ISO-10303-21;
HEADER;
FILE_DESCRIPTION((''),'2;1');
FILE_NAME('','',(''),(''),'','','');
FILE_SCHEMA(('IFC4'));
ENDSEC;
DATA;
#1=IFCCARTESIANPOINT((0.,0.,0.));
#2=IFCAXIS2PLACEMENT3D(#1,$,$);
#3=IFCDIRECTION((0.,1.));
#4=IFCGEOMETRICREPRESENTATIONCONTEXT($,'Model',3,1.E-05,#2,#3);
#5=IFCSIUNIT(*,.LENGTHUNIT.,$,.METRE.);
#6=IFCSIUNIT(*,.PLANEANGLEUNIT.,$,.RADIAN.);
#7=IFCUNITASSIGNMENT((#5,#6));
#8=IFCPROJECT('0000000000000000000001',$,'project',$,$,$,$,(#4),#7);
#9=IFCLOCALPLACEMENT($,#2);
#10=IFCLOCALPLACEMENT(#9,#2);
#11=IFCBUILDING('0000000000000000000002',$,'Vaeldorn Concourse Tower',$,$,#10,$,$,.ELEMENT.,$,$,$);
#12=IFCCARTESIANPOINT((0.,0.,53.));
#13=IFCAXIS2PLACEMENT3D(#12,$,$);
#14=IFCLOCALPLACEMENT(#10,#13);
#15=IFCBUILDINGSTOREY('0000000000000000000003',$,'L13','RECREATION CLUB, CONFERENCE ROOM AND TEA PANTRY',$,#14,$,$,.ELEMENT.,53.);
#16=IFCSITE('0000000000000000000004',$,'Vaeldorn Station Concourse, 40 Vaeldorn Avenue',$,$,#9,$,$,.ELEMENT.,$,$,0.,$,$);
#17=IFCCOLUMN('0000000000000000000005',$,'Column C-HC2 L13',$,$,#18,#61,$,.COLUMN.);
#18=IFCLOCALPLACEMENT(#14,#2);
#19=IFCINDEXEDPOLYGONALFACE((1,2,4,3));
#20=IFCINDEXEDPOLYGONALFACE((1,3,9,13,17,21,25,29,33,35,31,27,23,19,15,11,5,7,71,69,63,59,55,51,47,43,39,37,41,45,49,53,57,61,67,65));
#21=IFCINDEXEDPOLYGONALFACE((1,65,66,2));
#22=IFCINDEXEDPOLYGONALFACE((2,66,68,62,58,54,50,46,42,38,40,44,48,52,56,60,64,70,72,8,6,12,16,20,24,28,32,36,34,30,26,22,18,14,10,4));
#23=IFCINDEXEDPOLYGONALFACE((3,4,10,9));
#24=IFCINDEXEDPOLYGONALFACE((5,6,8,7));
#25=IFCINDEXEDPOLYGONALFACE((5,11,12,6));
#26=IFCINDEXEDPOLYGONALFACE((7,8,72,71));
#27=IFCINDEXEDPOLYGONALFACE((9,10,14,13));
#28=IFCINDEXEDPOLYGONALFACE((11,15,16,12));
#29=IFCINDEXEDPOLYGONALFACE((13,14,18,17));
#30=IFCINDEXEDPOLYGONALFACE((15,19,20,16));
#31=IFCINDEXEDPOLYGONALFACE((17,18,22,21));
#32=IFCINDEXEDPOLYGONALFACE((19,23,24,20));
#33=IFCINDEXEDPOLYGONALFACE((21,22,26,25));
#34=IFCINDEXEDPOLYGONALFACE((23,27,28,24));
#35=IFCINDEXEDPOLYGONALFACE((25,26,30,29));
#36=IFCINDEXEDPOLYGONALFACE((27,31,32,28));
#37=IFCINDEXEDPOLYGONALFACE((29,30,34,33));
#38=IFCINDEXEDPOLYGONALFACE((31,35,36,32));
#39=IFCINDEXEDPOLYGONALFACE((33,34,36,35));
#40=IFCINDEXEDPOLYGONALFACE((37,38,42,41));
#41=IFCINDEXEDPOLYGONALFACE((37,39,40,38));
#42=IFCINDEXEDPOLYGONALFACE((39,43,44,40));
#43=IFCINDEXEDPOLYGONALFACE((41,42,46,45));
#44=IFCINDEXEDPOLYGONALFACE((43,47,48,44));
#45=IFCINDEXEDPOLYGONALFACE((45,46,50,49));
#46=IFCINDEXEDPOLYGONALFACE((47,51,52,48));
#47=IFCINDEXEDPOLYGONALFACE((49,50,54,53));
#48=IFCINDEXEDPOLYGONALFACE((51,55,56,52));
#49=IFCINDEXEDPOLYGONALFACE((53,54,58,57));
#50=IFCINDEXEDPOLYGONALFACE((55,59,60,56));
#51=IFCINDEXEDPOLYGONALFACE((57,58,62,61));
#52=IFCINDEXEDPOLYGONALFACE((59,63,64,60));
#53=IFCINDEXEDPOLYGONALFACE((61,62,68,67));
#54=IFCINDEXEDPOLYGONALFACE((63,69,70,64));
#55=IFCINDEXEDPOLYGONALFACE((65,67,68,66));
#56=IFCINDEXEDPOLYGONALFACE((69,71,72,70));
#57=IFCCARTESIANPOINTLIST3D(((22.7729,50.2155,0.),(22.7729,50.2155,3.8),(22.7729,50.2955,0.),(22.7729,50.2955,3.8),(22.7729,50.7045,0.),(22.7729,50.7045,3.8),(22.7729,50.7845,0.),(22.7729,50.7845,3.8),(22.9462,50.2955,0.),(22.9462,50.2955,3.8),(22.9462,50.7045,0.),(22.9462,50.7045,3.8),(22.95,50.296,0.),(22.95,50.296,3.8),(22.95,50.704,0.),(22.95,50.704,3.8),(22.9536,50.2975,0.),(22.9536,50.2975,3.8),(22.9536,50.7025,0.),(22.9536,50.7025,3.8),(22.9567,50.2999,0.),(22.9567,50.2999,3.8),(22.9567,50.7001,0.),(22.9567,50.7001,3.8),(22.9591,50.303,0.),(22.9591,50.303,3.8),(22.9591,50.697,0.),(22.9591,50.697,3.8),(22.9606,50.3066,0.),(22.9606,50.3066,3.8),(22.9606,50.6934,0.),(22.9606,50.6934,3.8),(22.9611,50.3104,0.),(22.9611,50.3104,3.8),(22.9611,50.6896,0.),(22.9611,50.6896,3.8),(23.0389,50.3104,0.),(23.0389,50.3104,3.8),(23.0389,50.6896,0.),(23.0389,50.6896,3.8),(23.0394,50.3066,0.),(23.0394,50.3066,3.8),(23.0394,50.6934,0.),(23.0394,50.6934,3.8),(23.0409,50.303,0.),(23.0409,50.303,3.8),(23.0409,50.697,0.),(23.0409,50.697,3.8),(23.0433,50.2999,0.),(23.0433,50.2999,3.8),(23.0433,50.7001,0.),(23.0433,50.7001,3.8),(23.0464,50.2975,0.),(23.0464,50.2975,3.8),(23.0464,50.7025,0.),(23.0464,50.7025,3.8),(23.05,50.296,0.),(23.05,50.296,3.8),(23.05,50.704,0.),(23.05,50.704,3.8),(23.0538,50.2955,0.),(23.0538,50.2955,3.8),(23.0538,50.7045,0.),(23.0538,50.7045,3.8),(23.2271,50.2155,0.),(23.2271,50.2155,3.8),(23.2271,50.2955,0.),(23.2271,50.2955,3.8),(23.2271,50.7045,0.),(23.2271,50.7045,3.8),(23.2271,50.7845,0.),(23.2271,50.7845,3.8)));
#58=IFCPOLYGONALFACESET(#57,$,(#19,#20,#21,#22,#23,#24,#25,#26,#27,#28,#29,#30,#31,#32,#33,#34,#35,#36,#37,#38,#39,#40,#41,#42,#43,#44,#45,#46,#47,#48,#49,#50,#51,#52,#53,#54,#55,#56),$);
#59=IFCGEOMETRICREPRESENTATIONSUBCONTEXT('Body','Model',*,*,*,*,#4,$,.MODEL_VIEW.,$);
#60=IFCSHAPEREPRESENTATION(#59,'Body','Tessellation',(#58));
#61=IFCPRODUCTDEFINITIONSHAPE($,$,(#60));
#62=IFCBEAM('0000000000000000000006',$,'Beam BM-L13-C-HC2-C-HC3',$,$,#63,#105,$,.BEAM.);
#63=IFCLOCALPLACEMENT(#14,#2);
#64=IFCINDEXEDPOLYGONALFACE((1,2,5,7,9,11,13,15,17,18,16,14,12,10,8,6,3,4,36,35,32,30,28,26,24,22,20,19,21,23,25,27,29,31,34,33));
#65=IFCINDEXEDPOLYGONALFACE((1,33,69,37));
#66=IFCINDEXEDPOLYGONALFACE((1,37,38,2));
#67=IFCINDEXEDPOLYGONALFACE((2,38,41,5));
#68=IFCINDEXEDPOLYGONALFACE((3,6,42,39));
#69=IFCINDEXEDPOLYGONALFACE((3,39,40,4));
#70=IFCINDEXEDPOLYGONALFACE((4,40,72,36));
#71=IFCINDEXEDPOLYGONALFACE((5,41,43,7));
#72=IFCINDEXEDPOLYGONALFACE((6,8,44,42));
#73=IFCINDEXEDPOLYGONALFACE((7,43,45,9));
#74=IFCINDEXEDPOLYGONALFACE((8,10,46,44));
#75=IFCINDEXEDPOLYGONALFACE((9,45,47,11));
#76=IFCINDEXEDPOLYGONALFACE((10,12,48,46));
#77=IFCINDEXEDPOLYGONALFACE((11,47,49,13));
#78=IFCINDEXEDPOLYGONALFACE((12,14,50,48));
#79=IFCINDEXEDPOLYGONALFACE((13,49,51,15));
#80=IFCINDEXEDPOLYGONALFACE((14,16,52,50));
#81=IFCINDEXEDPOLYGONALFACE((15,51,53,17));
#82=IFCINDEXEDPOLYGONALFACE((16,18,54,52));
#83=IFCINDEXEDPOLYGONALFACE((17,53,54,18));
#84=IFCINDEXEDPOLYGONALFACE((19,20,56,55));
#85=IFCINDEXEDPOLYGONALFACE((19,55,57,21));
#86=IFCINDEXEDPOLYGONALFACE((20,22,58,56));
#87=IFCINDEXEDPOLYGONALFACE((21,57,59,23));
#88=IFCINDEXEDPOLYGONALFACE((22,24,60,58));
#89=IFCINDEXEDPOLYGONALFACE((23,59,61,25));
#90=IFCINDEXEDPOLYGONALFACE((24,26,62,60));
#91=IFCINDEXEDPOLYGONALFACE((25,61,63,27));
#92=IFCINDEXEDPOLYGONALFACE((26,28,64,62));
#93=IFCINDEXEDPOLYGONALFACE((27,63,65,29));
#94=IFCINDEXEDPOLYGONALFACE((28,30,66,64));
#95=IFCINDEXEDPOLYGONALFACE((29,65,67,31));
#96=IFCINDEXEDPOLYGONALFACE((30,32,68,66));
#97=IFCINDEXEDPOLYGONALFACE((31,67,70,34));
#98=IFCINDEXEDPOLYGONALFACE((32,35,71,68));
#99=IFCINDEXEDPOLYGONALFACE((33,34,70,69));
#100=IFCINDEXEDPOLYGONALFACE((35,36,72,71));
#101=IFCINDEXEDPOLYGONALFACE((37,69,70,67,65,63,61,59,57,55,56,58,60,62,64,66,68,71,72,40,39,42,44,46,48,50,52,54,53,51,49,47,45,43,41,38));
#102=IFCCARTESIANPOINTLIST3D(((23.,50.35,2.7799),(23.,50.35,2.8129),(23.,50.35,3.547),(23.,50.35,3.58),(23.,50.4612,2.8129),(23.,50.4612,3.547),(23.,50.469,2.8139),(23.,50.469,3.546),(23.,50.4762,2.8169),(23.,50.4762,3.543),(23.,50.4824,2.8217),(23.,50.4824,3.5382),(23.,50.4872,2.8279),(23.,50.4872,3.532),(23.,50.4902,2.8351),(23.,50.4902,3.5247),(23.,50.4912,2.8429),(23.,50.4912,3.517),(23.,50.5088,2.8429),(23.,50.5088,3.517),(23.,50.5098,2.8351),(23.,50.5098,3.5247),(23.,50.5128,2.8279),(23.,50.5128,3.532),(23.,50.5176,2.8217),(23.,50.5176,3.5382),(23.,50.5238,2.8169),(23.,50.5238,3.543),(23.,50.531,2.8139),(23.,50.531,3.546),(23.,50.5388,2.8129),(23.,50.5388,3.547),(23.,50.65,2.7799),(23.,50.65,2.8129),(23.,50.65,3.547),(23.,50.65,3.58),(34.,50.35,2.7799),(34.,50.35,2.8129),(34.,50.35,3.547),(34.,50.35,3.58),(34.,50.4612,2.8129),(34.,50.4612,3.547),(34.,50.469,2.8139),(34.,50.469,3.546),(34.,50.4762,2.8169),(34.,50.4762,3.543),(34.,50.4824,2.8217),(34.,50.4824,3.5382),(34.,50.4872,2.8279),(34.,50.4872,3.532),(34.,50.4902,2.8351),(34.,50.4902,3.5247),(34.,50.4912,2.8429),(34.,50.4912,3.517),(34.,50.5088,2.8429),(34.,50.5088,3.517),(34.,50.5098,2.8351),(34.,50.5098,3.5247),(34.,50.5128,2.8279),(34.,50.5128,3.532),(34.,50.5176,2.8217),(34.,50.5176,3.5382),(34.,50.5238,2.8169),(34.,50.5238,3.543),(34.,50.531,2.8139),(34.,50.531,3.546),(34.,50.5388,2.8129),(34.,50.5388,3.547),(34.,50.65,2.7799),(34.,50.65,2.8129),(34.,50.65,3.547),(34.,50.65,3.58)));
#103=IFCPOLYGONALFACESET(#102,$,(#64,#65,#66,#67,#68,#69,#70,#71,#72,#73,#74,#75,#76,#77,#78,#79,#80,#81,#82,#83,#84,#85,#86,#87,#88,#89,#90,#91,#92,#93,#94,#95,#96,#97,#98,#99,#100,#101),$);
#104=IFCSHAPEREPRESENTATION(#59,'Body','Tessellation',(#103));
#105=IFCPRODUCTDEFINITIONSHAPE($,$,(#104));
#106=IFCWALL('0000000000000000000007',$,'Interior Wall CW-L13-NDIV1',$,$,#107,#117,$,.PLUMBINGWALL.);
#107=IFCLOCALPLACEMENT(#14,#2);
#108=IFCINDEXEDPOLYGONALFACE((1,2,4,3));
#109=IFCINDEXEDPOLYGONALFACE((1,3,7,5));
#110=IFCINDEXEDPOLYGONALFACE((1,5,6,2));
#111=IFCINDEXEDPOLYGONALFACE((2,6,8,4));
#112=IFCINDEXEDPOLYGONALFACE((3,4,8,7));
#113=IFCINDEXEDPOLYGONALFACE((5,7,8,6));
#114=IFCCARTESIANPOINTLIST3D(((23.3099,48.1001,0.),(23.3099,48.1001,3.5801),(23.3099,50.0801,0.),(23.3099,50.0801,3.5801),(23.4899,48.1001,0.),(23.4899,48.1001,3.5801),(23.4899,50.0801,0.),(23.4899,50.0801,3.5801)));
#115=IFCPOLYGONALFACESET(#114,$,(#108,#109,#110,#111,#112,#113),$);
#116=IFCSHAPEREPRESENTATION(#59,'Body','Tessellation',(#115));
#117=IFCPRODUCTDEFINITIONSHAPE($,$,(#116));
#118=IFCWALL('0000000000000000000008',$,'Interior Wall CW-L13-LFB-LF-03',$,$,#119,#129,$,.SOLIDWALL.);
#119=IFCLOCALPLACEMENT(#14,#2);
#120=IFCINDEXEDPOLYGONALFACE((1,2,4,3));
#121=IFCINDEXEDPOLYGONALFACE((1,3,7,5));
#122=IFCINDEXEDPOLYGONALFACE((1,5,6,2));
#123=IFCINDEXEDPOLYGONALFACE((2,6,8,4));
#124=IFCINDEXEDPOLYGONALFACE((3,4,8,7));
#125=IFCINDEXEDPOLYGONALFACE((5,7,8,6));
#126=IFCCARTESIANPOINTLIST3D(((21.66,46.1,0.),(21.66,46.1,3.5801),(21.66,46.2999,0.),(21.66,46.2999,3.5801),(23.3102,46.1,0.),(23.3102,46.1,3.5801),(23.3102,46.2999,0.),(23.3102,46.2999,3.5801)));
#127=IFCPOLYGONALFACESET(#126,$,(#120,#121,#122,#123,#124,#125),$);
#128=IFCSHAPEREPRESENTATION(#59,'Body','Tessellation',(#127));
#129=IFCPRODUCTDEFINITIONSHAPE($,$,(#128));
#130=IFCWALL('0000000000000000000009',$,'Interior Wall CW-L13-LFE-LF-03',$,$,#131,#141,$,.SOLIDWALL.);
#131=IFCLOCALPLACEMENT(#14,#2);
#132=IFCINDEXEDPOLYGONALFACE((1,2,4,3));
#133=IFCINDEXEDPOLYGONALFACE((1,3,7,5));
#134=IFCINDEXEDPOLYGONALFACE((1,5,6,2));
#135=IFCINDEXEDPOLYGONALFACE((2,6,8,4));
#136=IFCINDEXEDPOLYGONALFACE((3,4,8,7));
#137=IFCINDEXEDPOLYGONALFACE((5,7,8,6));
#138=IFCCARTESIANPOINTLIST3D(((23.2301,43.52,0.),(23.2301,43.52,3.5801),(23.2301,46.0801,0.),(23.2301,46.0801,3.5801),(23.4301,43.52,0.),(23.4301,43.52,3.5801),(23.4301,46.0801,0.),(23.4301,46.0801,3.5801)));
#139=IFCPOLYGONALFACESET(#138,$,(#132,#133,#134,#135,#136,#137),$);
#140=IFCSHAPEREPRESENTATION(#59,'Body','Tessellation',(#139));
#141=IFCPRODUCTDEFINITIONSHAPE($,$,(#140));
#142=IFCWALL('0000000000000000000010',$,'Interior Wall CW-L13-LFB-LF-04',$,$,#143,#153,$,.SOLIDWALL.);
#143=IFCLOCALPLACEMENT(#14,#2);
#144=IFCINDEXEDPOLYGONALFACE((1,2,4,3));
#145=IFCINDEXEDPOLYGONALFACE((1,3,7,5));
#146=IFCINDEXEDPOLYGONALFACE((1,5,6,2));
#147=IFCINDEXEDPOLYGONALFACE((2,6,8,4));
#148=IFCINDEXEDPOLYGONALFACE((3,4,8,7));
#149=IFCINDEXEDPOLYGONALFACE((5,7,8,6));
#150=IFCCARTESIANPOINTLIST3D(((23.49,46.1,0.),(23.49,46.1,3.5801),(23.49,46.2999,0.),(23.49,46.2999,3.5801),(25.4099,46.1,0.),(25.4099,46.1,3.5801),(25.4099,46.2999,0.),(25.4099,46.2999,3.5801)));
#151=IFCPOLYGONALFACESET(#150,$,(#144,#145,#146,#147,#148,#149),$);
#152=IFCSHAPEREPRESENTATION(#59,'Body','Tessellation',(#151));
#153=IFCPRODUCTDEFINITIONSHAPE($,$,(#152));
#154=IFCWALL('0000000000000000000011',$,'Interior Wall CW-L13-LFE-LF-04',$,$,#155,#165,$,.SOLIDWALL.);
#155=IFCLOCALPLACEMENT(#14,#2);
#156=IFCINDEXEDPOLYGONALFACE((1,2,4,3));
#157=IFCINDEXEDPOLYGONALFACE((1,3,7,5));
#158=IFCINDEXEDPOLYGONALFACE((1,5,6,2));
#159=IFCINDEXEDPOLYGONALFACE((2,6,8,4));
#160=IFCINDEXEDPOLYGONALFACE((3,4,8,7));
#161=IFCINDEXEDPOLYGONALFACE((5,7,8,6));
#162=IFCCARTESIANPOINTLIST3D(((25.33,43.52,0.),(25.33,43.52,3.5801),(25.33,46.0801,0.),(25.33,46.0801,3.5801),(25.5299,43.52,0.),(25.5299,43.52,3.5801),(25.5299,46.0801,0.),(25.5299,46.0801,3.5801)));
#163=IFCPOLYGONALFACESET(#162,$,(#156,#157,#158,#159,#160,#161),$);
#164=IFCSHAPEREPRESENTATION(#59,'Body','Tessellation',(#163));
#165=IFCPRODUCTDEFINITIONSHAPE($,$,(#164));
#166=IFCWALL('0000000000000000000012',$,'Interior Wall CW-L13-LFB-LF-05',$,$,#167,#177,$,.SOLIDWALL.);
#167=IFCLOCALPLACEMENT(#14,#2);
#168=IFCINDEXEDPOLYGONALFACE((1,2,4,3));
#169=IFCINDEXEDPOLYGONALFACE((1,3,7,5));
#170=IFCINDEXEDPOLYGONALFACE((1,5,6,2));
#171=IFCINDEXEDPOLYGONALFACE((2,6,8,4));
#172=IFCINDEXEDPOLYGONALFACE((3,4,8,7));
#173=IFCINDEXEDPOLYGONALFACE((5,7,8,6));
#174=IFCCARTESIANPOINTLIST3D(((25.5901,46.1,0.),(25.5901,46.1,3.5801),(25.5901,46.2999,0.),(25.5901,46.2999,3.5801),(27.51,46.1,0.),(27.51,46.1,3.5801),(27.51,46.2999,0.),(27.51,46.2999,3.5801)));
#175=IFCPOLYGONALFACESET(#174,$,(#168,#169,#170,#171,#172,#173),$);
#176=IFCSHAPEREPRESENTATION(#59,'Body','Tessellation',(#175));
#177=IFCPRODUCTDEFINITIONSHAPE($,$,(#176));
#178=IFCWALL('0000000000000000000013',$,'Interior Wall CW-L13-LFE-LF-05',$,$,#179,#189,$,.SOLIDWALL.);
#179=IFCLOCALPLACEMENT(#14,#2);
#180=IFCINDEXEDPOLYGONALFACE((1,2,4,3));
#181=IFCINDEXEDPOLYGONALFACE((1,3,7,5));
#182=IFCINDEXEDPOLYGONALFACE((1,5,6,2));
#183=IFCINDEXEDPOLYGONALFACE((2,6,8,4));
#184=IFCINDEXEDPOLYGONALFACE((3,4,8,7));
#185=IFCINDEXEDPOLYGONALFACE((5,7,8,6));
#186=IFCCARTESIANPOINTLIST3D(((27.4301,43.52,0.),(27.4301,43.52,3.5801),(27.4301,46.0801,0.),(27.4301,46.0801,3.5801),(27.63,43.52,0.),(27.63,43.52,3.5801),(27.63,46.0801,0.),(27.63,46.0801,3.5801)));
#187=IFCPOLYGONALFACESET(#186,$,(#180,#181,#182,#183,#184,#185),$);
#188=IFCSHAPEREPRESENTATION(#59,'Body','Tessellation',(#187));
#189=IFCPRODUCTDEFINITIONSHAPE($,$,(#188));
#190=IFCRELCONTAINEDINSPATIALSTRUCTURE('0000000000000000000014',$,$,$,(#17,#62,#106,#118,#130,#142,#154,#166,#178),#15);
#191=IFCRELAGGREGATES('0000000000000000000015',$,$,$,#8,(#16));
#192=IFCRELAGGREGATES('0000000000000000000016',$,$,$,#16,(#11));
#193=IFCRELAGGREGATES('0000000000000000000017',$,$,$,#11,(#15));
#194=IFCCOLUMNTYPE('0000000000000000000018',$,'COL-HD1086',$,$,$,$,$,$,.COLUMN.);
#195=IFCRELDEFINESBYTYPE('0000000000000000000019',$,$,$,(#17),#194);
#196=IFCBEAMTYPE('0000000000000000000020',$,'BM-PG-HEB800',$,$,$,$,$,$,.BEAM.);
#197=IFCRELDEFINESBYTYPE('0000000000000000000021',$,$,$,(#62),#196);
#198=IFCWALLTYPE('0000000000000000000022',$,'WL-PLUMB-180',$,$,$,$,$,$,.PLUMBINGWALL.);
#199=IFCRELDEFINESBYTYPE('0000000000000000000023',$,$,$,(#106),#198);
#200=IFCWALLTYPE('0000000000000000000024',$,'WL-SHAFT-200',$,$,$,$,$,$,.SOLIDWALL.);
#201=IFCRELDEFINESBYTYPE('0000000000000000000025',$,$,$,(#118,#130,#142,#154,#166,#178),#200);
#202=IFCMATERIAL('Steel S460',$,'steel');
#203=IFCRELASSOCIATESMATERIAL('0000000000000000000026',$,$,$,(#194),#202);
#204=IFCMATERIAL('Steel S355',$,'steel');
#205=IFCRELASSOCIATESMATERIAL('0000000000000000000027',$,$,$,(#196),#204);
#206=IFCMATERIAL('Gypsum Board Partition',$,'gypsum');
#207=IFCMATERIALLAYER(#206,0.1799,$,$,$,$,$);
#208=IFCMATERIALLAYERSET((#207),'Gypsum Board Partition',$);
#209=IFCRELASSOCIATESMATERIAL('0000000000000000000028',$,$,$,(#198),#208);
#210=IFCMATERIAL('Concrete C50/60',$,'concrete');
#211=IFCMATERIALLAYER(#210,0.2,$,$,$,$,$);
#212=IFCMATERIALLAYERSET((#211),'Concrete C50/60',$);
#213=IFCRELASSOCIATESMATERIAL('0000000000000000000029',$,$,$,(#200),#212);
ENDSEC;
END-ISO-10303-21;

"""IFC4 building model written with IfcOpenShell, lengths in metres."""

from ifc_helpers import new_model, si_unit, direction, frame, frame_2d, origin, origin_2d, place, context, subcontext, project, spatial, rectangle, i_section, extrude, source, transform, mapped, material, layer, layer_set, material_profile, profile_set, type_object, element, save


model = new_model("IFC4")

# Units and contexts
model_context = context("Model", 3, precision=1e-05, world=origin(), true_north=direction((0.0, 1.0)))
body_context = subcontext(model_context, "Body", "Model", "MODEL_VIEW")
ifc_project = project(units=[si_unit("LENGTHUNIT", "METRE"), si_unit("PLANEANGLEUNIT", "RADIAN")], contexts=[model_context])

# Site, building, storey
site_placement = place(None, origin())
site = spatial("IfcSite", under=ifc_project, at=site_placement, Name="Vaeldorn Station Concourse, 40 Vaeldorn Avenue", CompositionType="ELEMENT", RefElevation=0.0)
building_placement = place(site_placement, origin())
building = spatial("IfcBuilding", under=site, at=building_placement, Name="Vaeldorn Concourse Tower", CompositionType="ELEMENT")
storey_placement = place(building_placement, frame((0.0, 0.0, 53.0)))
storey = spatial("IfcBuildingStorey", under=building, at=storey_placement, Name="L13", Description="RECREATION CLUB, CONFERENCE ROOM AND TEA PANTRY", CompositionType="ELEMENT", Elevation=53.0)

# Column
ifc_material_1 = material(Name="Steel S460", Category="steel")
ifc_material_profile_1 = material_profile(ifc_material_1, i_section(OverallWidth=0.4541, OverallDepth=0.5691, WebThickness=0.0779, FlangeThickness=0.0801, FilletRadius=0.0149, at=origin_2d()), Name="HD 400x1086")
ifc_profile_set_1 = profile_set([ifc_material_profile_1], Name="Steel S460")
column_type = type_object("IfcColumnType", Name="COL-HD1086", PredefinedType="COLUMN", material=ifc_profile_set_1)
shared_shape_1 = source(origin(), body_context, "Body", "SweptSolid", [
    extrude(i_section(OverallWidth=0.4541, OverallDepth=0.5691, WebThickness=0.0779, FlangeThickness=0.0801, FilletRadius=0.0149, at=origin_2d()), origin(), (0.0, 0.0, 1.0), 3.8),
])
column_placement = place(storey_placement, frame((23.0, 50.5, 0.0), z_axis=(0.0, 0.0, 1.0), x_axis=(1.0, 0.0, 0.0)))
element("IfcColumn", 1, at=column_placement, inside=storey, type_object=column_type, Name="Column C-HC2 L13", PredefinedType="COLUMN", context=body_context, shape_type="MappedRepresentation", body=[
    mapped(shared_shape_1, transform((0.0, 0.0, 0.0), scale=1.0)),
])

# Beam
ifc_material_2 = material(Name="Steel S355", Category="steel")
ifc_material_profile_2 = material_profile(ifc_material_2, i_section(OverallWidth=0.3, OverallDepth=0.8, WebThickness=0.0176, FlangeThickness=0.033, FilletRadius=0.03, at=origin_2d()), Name="HEB 800")
ifc_profile_set_2 = profile_set([ifc_material_profile_2], Name="Steel S355")
beam_type = type_object("IfcBeamType", Name="BM-PG-HEB800", PredefinedType="BEAM", material=ifc_profile_set_2)
shared_shape_2 = source(origin(), body_context, "Body", "SweptSolid", [
    extrude(i_section(OverallWidth=0.3, OverallDepth=0.8, WebThickness=0.0176, FlangeThickness=0.033, FilletRadius=0.03, at=origin_2d()), origin(), (0.0, 0.0, 1.0), 11.0),
])
beam_placement = place(storey_placement, frame((23.0, 50.5, 3.1799), z_axis=(1.0, 0.0, 0.0), x_axis=(0.0, 1.0, 0.0)))
element("IfcBeam", 2, at=beam_placement, inside=storey, type_object=beam_type, Name="Beam BM-L13-C-HC2-C-HC3", PredefinedType="BEAM", context=body_context, shape_type="MappedRepresentation", body=[
    mapped(shared_shape_2, transform((0.0, 0.0, 0.0), scale=1.0)),
])

# Walls
ifc_material_3 = material(Name="Gypsum Board Partition", Category="gypsum")
ifc_layer_1 = layer(ifc_material_3, 0.1799)
ifc_layer_set_1 = layer_set([ifc_layer_1], Name="Gypsum Board Partition")
wall_type_1 = type_object("IfcWallType", Name="WL-PLUMB-180", PredefinedType="PLUMBINGWALL", material=ifc_layer_set_1)
wall_1_placement = place(storey_placement, frame((23.3999, 48.1001, 0.0), z_axis=(0.0, 0.0, 1.0), x_axis=(0.0, 1.0, 0.0)))
element("IfcWall", 3, at=wall_1_placement, inside=storey, type_object=wall_type_1, Name="Interior Wall CW-L13-NDIV1", PredefinedType="PLUMBINGWALL", context=body_context, shape_type="SweptSolid", body=[
    extrude(rectangle(XDim=1.98, YDim=0.1799, at=frame_2d((0.99, 0.0))), origin(), (0.0, 0.0, 1.0), 3.5801),
])
ifc_material_4 = material(Name="Concrete C50/60", Category="concrete")
ifc_layer_2 = layer(ifc_material_4, 0.2)
ifc_layer_set_2 = layer_set([ifc_layer_2], Name="Concrete C50/60")
wall_type_2 = type_object("IfcWallType", Name="WL-SHAFT-200", PredefinedType="SOLIDWALL", material=ifc_layer_set_2)
wall_2_placement = place(storey_placement, frame((21.6599, 46.2, 0.0), z_axis=(0.0, 0.0, 1.0), x_axis=(1.0, 0.0, 0.0)))
element("IfcWall", 4, at=wall_2_placement, inside=storey, type_object=wall_type_2, Name="Interior Wall CW-L13-LFB-LF-03", PredefinedType="SOLIDWALL", context=body_context, shape_type="SweptSolid", body=[
    extrude(rectangle(XDim=1.6501, YDim=0.2, at=frame_2d((0.8252, 0.0))), origin(), (0.0, 0.0, 1.0), 3.5801),
])
wall_3_placement = place(storey_placement, frame((23.3301, 43.52, 0.0), z_axis=(0.0, 0.0, 1.0), x_axis=(0.0, 1.0, 0.0)))
element("IfcWall", 5, at=wall_3_placement, inside=storey, type_object=wall_type_2, Name="Interior Wall CW-L13-LFE-LF-03", PredefinedType="SOLIDWALL", context=body_context, shape_type="SweptSolid", body=[
    extrude(rectangle(XDim=2.5601, YDim=0.2, at=frame_2d((1.28, 0.0))), origin(), (0.0, 0.0, 1.0), 3.5801),
])

# Walls
wall_4_placement = place(storey_placement, frame((23.49, 46.2, 0.0), z_axis=(0.0, 0.0, 1.0), x_axis=(1.0, 0.0, 0.0)))
element("IfcWall", 6, at=wall_4_placement, inside=storey, type_object=wall_type_2, Name="Interior Wall CW-L13-LFB-LF-04", PredefinedType="SOLIDWALL", context=body_context, shape_type="SweptSolid", body=[
    extrude(rectangle(XDim=1.9199, YDim=0.2, at=frame_2d((0.96, 0.0))), origin(), (0.0, 0.0, 1.0), 3.5801),
])
wall_5_placement = place(storey_placement, frame((25.4299, 43.52, 0.0), z_axis=(0.0, 0.0, 1.0), x_axis=(0.0, 1.0, 0.0)))
element("IfcWall", 7, at=wall_5_placement, inside=storey, type_object=wall_type_2, Name="Interior Wall CW-L13-LFE-LF-04", PredefinedType="SOLIDWALL", context=body_context, shape_type="SweptSolid", body=[
    extrude(rectangle(XDim=2.5601, YDim=0.2, at=frame_2d((1.28, 0.0))), origin(), (0.0, 0.0, 1.0), 3.5801),
])

# Walls
wall_6_placement = place(storey_placement, frame((25.5901, 46.2, 0.0), z_axis=(0.0, 0.0, 1.0), x_axis=(1.0, 0.0, 0.0)))
element("IfcWall", 8, at=wall_6_placement, inside=storey, type_object=wall_type_2, Name="Interior Wall CW-L13-LFB-LF-05", PredefinedType="SOLIDWALL", context=body_context, shape_type="SweptSolid", body=[
    extrude(rectangle(XDim=1.9199, YDim=0.2, at=frame_2d((0.96, 0.0))), origin(), (0.0, 0.0, 1.0), 3.5801),
])
wall_7_placement = place(storey_placement, frame((27.53, 43.52, 0.0), z_axis=(0.0, 0.0, 1.0), x_axis=(0.0, 1.0, 0.0)))
element("IfcWall", 9, at=wall_7_placement, inside=storey, type_object=wall_type_2, Name="Interior Wall CW-L13-LFE-LF-05", PredefinedType="SOLIDWALL", context=body_context, shape_type="SweptSolid", body=[
    extrude(rectangle(XDim=2.5601, YDim=0.2, at=frame_2d((1.28, 0.0))), origin(), (0.0, 0.0, 1.0), 3.5801),
])

save(model, "model.ifc")
